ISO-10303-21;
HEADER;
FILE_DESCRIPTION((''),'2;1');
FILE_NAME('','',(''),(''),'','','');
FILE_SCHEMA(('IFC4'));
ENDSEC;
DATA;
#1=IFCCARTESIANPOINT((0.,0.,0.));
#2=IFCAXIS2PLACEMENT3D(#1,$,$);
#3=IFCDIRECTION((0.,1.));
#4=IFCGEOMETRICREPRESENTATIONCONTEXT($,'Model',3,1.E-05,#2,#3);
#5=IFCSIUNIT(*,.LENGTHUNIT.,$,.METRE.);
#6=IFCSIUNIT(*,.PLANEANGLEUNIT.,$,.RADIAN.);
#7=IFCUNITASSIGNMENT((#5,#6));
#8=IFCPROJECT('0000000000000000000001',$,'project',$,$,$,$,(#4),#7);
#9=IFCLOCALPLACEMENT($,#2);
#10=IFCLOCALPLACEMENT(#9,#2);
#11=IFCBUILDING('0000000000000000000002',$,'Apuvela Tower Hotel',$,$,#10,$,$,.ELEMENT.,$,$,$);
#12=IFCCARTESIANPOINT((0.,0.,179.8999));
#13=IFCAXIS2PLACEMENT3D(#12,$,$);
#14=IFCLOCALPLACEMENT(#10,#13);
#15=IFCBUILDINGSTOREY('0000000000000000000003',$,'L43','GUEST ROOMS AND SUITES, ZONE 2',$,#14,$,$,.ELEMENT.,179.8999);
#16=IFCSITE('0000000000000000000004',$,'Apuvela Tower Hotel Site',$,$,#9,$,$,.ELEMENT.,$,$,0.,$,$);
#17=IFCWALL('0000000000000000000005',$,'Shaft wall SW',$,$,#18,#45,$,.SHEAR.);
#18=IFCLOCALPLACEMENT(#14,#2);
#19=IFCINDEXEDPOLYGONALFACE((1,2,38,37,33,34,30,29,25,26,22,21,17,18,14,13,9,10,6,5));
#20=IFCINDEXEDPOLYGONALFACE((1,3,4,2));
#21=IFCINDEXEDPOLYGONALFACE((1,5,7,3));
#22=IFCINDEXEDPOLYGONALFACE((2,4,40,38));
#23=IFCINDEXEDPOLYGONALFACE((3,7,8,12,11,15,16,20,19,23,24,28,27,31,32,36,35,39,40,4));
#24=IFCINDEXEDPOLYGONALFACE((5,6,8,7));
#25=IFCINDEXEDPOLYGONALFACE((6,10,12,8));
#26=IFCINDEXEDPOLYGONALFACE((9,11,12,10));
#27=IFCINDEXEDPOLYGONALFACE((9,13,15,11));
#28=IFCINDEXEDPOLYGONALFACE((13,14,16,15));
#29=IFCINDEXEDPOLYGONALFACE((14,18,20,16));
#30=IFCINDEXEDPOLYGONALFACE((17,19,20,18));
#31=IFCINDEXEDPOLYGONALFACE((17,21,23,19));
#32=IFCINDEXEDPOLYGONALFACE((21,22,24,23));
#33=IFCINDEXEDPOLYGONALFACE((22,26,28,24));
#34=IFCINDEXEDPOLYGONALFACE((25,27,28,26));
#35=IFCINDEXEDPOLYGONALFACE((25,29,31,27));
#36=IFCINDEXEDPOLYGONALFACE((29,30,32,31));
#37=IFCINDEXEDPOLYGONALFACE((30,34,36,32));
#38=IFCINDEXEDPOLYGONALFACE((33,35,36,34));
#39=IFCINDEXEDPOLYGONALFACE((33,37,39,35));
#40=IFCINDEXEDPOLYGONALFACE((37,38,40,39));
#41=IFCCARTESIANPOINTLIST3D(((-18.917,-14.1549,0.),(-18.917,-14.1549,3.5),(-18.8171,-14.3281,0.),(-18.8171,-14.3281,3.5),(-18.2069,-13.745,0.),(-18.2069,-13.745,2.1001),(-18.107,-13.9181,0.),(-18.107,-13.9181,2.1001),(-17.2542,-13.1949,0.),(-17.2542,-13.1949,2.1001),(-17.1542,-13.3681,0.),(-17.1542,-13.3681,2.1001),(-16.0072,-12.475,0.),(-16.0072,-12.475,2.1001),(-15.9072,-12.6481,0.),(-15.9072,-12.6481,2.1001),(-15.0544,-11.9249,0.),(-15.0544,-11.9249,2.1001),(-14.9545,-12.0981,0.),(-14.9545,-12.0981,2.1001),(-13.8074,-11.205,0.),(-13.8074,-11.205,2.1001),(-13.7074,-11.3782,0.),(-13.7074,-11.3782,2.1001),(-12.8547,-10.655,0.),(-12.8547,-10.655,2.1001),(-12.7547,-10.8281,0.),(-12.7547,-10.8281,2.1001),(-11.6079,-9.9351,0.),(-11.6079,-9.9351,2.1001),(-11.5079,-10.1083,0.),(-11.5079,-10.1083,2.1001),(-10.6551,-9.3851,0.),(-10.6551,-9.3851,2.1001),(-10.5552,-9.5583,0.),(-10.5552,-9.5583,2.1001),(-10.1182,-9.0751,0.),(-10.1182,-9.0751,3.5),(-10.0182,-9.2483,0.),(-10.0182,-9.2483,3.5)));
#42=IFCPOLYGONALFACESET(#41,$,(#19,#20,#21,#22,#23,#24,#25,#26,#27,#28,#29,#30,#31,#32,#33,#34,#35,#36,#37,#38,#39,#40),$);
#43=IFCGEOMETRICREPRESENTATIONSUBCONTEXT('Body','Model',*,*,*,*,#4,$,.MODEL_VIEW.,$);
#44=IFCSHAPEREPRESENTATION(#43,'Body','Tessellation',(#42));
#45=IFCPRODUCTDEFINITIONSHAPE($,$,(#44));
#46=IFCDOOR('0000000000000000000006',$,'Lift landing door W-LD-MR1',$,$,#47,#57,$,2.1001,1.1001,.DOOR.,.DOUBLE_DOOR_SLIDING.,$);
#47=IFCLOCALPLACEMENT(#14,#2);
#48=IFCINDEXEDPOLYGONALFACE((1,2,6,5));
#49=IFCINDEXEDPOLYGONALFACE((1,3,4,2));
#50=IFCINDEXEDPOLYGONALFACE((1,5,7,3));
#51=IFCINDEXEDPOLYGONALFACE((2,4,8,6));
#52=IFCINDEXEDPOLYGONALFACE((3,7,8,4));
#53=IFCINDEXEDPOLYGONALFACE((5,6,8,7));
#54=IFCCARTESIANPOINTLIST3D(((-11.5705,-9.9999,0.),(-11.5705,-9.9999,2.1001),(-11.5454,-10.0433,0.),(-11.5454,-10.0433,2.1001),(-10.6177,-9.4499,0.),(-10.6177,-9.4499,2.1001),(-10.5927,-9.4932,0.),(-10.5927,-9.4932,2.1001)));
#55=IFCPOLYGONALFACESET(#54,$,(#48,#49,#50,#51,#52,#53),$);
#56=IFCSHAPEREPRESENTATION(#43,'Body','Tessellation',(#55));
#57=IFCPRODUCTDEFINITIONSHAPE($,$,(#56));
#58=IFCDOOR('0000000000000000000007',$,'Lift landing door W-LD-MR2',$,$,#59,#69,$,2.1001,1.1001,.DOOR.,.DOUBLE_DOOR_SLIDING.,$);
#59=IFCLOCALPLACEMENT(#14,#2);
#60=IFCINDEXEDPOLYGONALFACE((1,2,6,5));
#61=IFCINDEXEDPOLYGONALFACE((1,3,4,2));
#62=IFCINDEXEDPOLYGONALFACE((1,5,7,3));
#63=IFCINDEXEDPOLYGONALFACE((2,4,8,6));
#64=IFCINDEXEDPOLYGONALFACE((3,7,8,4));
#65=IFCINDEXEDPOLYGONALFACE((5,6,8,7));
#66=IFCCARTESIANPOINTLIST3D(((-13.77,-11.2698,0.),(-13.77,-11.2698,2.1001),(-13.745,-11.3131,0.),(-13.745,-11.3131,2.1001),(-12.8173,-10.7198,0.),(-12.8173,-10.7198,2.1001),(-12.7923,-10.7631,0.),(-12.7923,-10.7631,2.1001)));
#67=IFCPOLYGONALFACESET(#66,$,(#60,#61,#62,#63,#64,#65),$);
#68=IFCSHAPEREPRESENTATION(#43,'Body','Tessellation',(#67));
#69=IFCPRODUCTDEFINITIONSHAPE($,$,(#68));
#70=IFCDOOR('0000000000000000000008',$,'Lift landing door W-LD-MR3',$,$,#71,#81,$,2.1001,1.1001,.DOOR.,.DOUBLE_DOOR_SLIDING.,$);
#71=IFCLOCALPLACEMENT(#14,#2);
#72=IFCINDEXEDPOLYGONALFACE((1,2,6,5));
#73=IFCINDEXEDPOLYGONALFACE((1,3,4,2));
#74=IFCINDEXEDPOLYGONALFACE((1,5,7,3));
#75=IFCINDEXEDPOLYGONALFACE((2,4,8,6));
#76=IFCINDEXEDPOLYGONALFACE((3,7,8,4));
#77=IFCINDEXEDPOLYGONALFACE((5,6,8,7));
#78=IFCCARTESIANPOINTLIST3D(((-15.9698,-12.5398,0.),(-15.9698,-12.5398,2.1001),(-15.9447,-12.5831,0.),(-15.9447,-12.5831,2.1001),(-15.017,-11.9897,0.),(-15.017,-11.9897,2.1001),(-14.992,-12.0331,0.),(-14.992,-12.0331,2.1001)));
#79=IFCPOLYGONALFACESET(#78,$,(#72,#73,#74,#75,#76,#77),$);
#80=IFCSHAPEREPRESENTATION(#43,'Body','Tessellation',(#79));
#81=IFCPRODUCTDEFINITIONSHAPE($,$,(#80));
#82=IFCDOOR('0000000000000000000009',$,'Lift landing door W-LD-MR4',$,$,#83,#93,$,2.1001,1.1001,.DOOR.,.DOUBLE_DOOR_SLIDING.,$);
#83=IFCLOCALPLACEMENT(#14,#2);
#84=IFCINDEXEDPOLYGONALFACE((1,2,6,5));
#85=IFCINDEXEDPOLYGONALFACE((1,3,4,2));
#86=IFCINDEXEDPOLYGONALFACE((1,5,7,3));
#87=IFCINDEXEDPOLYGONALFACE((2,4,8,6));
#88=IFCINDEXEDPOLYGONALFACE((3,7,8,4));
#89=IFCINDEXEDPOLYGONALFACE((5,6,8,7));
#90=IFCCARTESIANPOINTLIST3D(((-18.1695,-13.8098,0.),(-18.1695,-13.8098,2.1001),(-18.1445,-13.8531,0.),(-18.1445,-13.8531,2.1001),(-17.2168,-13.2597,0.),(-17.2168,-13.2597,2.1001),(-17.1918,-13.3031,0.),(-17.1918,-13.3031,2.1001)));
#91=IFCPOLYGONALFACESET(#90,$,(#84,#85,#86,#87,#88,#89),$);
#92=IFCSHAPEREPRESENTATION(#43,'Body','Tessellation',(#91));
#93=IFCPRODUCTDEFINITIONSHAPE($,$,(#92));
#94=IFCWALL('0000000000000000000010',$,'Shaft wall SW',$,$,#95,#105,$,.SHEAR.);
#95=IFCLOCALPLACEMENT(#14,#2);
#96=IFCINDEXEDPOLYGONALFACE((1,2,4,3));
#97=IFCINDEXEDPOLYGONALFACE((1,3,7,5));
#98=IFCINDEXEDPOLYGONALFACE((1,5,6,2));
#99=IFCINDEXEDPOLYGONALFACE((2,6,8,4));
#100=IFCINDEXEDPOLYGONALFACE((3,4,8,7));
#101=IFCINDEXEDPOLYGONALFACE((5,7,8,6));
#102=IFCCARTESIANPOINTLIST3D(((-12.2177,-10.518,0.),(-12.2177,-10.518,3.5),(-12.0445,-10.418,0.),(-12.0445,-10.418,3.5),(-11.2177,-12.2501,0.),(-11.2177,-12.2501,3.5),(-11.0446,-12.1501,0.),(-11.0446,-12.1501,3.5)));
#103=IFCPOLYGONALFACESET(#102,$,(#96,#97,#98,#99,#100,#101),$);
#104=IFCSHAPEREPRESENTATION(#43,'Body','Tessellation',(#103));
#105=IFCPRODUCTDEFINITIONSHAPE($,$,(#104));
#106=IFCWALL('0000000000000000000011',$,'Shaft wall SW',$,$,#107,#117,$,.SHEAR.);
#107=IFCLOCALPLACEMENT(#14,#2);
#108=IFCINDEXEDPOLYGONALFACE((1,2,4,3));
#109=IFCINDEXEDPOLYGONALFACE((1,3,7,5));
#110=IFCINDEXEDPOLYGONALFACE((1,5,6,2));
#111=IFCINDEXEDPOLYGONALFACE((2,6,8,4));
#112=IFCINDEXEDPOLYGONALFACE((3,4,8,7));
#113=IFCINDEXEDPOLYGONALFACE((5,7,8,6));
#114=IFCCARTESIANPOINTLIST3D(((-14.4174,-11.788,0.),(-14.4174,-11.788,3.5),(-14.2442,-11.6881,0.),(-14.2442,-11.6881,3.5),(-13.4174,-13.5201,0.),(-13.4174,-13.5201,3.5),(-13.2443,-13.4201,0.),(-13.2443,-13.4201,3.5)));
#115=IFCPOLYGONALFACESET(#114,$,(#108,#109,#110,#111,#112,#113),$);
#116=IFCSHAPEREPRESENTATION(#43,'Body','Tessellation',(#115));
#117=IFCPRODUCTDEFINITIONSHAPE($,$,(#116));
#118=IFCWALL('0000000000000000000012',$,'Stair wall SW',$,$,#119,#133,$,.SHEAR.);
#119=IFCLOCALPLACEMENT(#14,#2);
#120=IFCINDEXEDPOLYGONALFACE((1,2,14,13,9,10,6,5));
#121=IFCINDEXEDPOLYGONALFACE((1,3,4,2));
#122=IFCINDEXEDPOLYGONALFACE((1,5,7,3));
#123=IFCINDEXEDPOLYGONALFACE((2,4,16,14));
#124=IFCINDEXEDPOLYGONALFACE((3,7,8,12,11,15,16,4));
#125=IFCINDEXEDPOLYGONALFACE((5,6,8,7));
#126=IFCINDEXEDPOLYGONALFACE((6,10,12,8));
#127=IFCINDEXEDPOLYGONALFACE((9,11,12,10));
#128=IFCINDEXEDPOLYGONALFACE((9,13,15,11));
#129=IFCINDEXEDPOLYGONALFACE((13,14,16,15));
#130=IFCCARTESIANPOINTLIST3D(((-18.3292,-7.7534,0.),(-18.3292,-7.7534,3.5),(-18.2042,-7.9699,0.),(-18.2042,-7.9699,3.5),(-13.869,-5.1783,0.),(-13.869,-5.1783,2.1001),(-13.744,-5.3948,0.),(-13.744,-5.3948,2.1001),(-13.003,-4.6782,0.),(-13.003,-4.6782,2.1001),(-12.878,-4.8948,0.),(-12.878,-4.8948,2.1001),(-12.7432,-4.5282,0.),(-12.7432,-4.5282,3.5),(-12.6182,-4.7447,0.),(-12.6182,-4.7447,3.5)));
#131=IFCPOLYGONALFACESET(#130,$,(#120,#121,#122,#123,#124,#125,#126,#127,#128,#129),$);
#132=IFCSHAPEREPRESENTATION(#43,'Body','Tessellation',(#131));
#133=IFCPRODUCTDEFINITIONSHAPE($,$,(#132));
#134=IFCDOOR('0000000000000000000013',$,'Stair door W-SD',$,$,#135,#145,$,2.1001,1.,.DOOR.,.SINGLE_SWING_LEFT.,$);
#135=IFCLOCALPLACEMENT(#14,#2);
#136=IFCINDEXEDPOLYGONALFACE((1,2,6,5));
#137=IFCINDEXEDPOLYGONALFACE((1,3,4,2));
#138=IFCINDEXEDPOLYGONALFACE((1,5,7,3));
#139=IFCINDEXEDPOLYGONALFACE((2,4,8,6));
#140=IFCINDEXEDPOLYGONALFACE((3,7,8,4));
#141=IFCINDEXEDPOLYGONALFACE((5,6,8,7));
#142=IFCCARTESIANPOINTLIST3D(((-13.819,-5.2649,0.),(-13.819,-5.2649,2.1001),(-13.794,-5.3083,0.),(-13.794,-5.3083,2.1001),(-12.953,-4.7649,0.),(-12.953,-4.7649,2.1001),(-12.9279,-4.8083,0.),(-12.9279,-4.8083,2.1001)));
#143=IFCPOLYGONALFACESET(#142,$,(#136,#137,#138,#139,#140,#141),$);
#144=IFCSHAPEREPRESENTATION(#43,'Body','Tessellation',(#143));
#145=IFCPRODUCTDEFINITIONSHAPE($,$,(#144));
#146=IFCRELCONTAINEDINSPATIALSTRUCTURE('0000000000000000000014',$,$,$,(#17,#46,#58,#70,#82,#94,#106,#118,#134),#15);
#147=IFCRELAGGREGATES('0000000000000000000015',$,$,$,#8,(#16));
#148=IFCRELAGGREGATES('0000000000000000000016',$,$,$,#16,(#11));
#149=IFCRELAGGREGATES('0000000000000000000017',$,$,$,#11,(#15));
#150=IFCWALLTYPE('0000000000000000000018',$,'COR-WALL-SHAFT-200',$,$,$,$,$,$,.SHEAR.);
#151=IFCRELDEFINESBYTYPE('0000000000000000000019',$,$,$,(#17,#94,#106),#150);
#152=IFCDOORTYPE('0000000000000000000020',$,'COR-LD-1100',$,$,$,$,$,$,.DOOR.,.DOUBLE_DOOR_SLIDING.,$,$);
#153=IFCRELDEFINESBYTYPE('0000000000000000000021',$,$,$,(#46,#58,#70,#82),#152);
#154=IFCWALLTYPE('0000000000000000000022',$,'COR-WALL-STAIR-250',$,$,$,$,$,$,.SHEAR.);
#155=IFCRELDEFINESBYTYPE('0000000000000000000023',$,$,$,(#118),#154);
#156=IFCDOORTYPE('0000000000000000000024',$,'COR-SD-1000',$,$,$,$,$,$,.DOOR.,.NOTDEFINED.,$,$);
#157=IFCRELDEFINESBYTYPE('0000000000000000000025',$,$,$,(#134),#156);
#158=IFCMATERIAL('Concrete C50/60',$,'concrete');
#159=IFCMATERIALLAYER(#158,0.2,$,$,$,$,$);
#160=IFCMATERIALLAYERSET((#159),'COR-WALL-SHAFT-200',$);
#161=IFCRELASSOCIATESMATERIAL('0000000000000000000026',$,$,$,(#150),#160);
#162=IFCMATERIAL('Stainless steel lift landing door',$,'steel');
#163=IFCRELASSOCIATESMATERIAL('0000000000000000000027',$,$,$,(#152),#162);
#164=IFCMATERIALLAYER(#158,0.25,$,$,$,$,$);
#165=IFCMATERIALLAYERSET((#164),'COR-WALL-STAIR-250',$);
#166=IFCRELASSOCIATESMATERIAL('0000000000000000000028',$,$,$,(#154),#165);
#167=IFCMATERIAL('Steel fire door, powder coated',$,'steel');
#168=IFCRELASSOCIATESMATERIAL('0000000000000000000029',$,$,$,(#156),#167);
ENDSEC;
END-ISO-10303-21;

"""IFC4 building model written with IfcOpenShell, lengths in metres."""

from ifc_helpers import new_model, si_unit, direction, frame, frame_2d, origin, place, context, subcontext, project, spatial, rectangle, extrude, material, layer, layer_set, type_object, element, fill, save


model = new_model("IFC4")

# Units and contexts
model_context = context("Model", 3, precision=1e-05, world=origin(), true_north=direction((0.0, 1.0)))
body_context = subcontext(model_context, "Body", "Model", "MODEL_VIEW")
ifc_project = project(units=[si_unit("LENGTHUNIT", "METRE"), si_unit("PLANEANGLEUNIT", "RADIAN")], contexts=[model_context])

# Site, building, storey
site_placement = place(None, origin())
site = spatial("IfcSite", under=ifc_project, at=site_placement, Name="Apuvela Tower Hotel Site", CompositionType="ELEMENT", RefElevation=0.0)
building_placement = place(site_placement, origin())
building = spatial("IfcBuilding", under=site, at=building_placement, Name="Apuvela Tower Hotel", CompositionType="ELEMENT")
storey_placement = place(building_placement, frame((0.0, 0.0, 179.8999)))
storey = spatial("IfcBuildingStorey", under=building, at=storey_placement, Name="L43", Description="GUEST ROOMS AND SUITES, ZONE 2", CompositionType="ELEMENT", Elevation=179.8999)

# Shared definitions
ifc_material_1 = material(Name="Concrete C50/60", Category="concrete")

# Shared definitions
ifc_layer_1 = layer(ifc_material_1, 0.2)
ifc_layer_set_1 = layer_set([ifc_layer_1], Name="COR-WALL-SHAFT-200")
wall_type_1 = type_object("IfcWallType", Name="COR-WALL-SHAFT-200", PredefinedType="SHEAR", material=ifc_layer_set_1)
ifc_material_2 = material(Name="Stainless steel lift landing door", Category="steel")

# Wall, openings, doors
wall_1_placement = place(storey_placement, frame((-10.0681, -9.1616, 0.0), z_axis=(0.0, 0.0, 1.0), x_axis=(-0.866033, -0.499987, 0.0)))
wall_1 = element("IfcWall", 1, at=wall_1_placement, inside=storey, type_object=wall_type_1, Name="Shaft wall SW", PredefinedType="SHEAR", context=body_context, shape_type="SweptSolid", body=[
    extrude(rectangle(XDim=10.1599, YDim=0.2, at=frame_2d((5.0801, 0.0))), origin(), (0.0, 0.0, 1.0), 3.5),
])
opening_1_placement = place(wall_1_placement, frame((0.6201, 0.0, 0.0)))
opening_1 = element("IfcOpeningElement", 2, at=opening_1_placement, cuts=wall_1, PredefinedType="OPENING", context=body_context, shape_type="SweptSolid", body=[
    extrude(rectangle(XDim=1.1001, YDim=2.1001, at=frame_2d((0.55, 1.05))), frame((0.0, 0.1099, 0.0), z_axis=(0.0, -1.0, 0.0), x_axis=(1.0, 0.0, 0.0)), (0.0, 0.0, 1.0), 0.22),
])
opening_2_placement = place(wall_1_placement, frame((3.1599, 0.0, 0.0)))
opening_2 = element("IfcOpeningElement", 3, at=opening_2_placement, cuts=wall_1, PredefinedType="OPENING", context=body_context, shape_type="SweptSolid", body=[
    extrude(rectangle(XDim=1.1001, YDim=2.1001, at=frame_2d((0.55, 1.05))), frame((0.0, 0.1099, 0.0), z_axis=(0.0, -1.0, 0.0), x_axis=(1.0, 0.0, 0.0)), (0.0, 0.0, 1.0), 0.22),
])
opening_3_placement = place(wall_1_placement, frame((5.7, 0.0, 0.0)))
opening_3 = element("IfcOpeningElement", 4, at=opening_3_placement, cuts=wall_1, PredefinedType="OPENING", context=body_context, shape_type="SweptSolid", body=[
    extrude(rectangle(XDim=1.1001, YDim=2.1001, at=frame_2d((0.55, 1.05))), frame((0.0, 0.1099, 0.0), z_axis=(0.0, -1.0, 0.0), x_axis=(1.0, 0.0, 0.0)), (0.0, 0.0, 1.0), 0.22),
])
opening_4_placement = place(wall_1_placement, frame((8.24, 0.0, 0.0)))
opening_4 = element("IfcOpeningElement", 5, at=opening_4_placement, cuts=wall_1, PredefinedType="OPENING", context=body_context, shape_type="SweptSolid", body=[
    extrude(rectangle(XDim=1.1001, YDim=2.1001, at=frame_2d((0.55, 1.05))), frame((0.0, 0.1099, 0.0), z_axis=(0.0, -1.0, 0.0), x_axis=(1.0, 0.0, 0.0)), (0.0, 0.0, 1.0), 0.22),
])
door_type_1 = type_object("IfcDoorType", Name="COR-LD-1100", OperationType="DOUBLE_DOOR_SLIDING", PredefinedType="DOOR", material=ifc_material_2)
door_1_placement = place(opening_1_placement, origin())
door_1 = element("IfcDoor", 6, at=door_1_placement, inside=storey, type_object=door_type_1, Name="Lift landing door W-LD-MR1", OperationType="DOUBLE_DOOR_SLIDING", OverallHeight=2.1001, OverallWidth=1.1001, PredefinedType="DOOR", context=body_context, shape_type="SweptSolid", body=[
    extrude(rectangle(XDim=1.1001, YDim=2.1001, at=frame_2d((0.55, 1.05))), frame((0.0, 0.0249, 0.0), z_axis=(0.0, -1.0, 0.0), x_axis=(1.0, 0.0, 0.0)), (0.0, 0.0, 1.0), 0.05),
])
fill(opening_1, door_1)
door_2_placement = place(opening_2_placement, origin())
door_2 = element("IfcDoor", 7, at=door_2_placement, inside=storey, type_object=door_type_1, Name="Lift landing door W-LD-MR2", OperationType="DOUBLE_DOOR_SLIDING", OverallHeight=2.1001, OverallWidth=1.1001, PredefinedType="DOOR", context=body_context, shape_type="SweptSolid", body=[
    extrude(rectangle(XDim=1.1001, YDim=2.1001, at=frame_2d((0.55, 1.05))), frame((0.0, 0.0249, 0.0), z_axis=(0.0, -1.0, 0.0), x_axis=(1.0, 0.0, 0.0)), (0.0, 0.0, 1.0), 0.05),
])
fill(opening_2, door_2)
door_3_placement = place(opening_3_placement, origin())
door_3 = element("IfcDoor", 8, at=door_3_placement, inside=storey, type_object=door_type_1, Name="Lift landing door W-LD-MR3", OperationType="DOUBLE_DOOR_SLIDING", OverallHeight=2.1001, OverallWidth=1.1001, PredefinedType="DOOR", context=body_context, shape_type="SweptSolid", body=[
    extrude(rectangle(XDim=1.1001, YDim=2.1001, at=frame_2d((0.55, 1.05))), frame((0.0, 0.0249, 0.0), z_axis=(0.0, -1.0, 0.0), x_axis=(1.0, 0.0, 0.0)), (0.0, 0.0, 1.0), 0.05),
])
fill(opening_3, door_3)
door_4_placement = place(opening_4_placement, origin())
door_4 = element("IfcDoor", 9, at=door_4_placement, inside=storey, type_object=door_type_1, Name="Lift landing door W-LD-MR4", OperationType="DOUBLE_DOOR_SLIDING", OverallHeight=2.1001, OverallWidth=1.1001, PredefinedType="DOOR", context=body_context, shape_type="SweptSolid", body=[
    extrude(rectangle(XDim=1.1001, YDim=2.1001, at=frame_2d((0.55, 1.05))), frame((0.0, 0.0249, 0.0), z_axis=(0.0, -1.0, 0.0), x_axis=(1.0, 0.0, 0.0)), (0.0, 0.0, 1.0), 0.05),
])
fill(opening_4, door_4)

# Walls
for number, where, z_axis, x_axis, name in (
    (10, (-12.1311, -10.468, 0.0), (0.0, 0.0, 1.0), (0.499973, -0.866041, 0.0), "Shaft wall SW"),
    (11, (-14.3308, -11.738, 0.0), (0.0, 0.0, 1.0), (0.499973, -0.866041, 0.0), "Shaft wall SW"),
):
    element("IfcWall", number, at=place(storey_placement, frame(where, z_axis=z_axis, x_axis=x_axis)), inside=storey, type_object=wall_type_1, Name=name, PredefinedType="SHEAR", context=body_context, shape_type="SweptSolid", body=[
        extrude(rectangle(XDim=2.0, YDim=0.2, at=frame_2d((1.0, 0.0))), origin(), (0.0, 0.0, 1.0), 3.5),
    ])

# Wall, opening, door
ifc_layer_2 = layer(ifc_material_1, 0.25)
ifc_layer_set_2 = layer_set([ifc_layer_2], Name="COR-WALL-STAIR-250")
wall_type_2 = type_object("IfcWallType", Name="COR-WALL-STAIR-250", PredefinedType="SHEAR", material=ifc_layer_set_2)
wall_2_placement = place(storey_placement, frame((-12.6807, -4.6365, 0.0), z_axis=(0.0, 0.0, 1.0), x_axis=(-0.866022, -0.500006, 0.0)))
wall_2 = element("IfcWall", 12, at=wall_2_placement, inside=storey, type_object=wall_type_2, Name="Stair wall SW", PredefinedType="SHEAR", context=body_context, shape_type="SweptSolid", body=[
    extrude(rectangle(XDim=6.4502, YDim=0.25, at=frame_2d((3.2251, 0.0))), origin(), (0.0, 0.0, 1.0), 3.5),
])
opening_5_placement = place(wall_2_placement, frame((0.3, 0.0, 0.0)))
opening_5 = element("IfcOpeningElement", 13, at=opening_5_placement, cuts=wall_2, PredefinedType="OPENING", context=body_context, shape_type="SweptSolid", body=[
    extrude(rectangle(XDim=1.0, YDim=2.1001, at=frame_2d((0.5, 1.05))), frame((0.0, 0.135, 0.0), z_axis=(0.0, -1.0, 0.0), x_axis=(1.0, 0.0, 0.0)), (0.0, 0.0, 1.0), 0.27),
])
ifc_material_3 = material(Name="Steel fire door, powder coated", Category="steel")
door_type_2 = type_object("IfcDoorType", Name="COR-SD-1000", OperationType="NOTDEFINED", PredefinedType="DOOR", material=ifc_material_3)
door_5_placement = place(opening_5_placement, frame((1.0, 0.0, 0.0), z_axis=(0.0, 0.0, 1.0), x_axis=(-1.0, 0.0, 0.0)))
door_5 = element("IfcDoor", 14, at=door_5_placement, inside=storey, type_object=door_type_2, Name="Stair door W-SD", OperationType="SINGLE_SWING_LEFT", OverallHeight=2.1001, OverallWidth=1.0, PredefinedType="DOOR", context=body_context, shape_type="SweptSolid", body=[
    extrude(rectangle(XDim=1.0, YDim=2.1001, at=frame_2d((0.5, 1.05))), frame((0.0, 0.0249, 0.0), z_axis=(0.0, -1.0, 0.0), x_axis=(1.0, 0.0, 0.0)), (0.0, 0.0, 1.0), 0.05),
])
fill(opening_5, door_5)

save(model, "model.ifc")
